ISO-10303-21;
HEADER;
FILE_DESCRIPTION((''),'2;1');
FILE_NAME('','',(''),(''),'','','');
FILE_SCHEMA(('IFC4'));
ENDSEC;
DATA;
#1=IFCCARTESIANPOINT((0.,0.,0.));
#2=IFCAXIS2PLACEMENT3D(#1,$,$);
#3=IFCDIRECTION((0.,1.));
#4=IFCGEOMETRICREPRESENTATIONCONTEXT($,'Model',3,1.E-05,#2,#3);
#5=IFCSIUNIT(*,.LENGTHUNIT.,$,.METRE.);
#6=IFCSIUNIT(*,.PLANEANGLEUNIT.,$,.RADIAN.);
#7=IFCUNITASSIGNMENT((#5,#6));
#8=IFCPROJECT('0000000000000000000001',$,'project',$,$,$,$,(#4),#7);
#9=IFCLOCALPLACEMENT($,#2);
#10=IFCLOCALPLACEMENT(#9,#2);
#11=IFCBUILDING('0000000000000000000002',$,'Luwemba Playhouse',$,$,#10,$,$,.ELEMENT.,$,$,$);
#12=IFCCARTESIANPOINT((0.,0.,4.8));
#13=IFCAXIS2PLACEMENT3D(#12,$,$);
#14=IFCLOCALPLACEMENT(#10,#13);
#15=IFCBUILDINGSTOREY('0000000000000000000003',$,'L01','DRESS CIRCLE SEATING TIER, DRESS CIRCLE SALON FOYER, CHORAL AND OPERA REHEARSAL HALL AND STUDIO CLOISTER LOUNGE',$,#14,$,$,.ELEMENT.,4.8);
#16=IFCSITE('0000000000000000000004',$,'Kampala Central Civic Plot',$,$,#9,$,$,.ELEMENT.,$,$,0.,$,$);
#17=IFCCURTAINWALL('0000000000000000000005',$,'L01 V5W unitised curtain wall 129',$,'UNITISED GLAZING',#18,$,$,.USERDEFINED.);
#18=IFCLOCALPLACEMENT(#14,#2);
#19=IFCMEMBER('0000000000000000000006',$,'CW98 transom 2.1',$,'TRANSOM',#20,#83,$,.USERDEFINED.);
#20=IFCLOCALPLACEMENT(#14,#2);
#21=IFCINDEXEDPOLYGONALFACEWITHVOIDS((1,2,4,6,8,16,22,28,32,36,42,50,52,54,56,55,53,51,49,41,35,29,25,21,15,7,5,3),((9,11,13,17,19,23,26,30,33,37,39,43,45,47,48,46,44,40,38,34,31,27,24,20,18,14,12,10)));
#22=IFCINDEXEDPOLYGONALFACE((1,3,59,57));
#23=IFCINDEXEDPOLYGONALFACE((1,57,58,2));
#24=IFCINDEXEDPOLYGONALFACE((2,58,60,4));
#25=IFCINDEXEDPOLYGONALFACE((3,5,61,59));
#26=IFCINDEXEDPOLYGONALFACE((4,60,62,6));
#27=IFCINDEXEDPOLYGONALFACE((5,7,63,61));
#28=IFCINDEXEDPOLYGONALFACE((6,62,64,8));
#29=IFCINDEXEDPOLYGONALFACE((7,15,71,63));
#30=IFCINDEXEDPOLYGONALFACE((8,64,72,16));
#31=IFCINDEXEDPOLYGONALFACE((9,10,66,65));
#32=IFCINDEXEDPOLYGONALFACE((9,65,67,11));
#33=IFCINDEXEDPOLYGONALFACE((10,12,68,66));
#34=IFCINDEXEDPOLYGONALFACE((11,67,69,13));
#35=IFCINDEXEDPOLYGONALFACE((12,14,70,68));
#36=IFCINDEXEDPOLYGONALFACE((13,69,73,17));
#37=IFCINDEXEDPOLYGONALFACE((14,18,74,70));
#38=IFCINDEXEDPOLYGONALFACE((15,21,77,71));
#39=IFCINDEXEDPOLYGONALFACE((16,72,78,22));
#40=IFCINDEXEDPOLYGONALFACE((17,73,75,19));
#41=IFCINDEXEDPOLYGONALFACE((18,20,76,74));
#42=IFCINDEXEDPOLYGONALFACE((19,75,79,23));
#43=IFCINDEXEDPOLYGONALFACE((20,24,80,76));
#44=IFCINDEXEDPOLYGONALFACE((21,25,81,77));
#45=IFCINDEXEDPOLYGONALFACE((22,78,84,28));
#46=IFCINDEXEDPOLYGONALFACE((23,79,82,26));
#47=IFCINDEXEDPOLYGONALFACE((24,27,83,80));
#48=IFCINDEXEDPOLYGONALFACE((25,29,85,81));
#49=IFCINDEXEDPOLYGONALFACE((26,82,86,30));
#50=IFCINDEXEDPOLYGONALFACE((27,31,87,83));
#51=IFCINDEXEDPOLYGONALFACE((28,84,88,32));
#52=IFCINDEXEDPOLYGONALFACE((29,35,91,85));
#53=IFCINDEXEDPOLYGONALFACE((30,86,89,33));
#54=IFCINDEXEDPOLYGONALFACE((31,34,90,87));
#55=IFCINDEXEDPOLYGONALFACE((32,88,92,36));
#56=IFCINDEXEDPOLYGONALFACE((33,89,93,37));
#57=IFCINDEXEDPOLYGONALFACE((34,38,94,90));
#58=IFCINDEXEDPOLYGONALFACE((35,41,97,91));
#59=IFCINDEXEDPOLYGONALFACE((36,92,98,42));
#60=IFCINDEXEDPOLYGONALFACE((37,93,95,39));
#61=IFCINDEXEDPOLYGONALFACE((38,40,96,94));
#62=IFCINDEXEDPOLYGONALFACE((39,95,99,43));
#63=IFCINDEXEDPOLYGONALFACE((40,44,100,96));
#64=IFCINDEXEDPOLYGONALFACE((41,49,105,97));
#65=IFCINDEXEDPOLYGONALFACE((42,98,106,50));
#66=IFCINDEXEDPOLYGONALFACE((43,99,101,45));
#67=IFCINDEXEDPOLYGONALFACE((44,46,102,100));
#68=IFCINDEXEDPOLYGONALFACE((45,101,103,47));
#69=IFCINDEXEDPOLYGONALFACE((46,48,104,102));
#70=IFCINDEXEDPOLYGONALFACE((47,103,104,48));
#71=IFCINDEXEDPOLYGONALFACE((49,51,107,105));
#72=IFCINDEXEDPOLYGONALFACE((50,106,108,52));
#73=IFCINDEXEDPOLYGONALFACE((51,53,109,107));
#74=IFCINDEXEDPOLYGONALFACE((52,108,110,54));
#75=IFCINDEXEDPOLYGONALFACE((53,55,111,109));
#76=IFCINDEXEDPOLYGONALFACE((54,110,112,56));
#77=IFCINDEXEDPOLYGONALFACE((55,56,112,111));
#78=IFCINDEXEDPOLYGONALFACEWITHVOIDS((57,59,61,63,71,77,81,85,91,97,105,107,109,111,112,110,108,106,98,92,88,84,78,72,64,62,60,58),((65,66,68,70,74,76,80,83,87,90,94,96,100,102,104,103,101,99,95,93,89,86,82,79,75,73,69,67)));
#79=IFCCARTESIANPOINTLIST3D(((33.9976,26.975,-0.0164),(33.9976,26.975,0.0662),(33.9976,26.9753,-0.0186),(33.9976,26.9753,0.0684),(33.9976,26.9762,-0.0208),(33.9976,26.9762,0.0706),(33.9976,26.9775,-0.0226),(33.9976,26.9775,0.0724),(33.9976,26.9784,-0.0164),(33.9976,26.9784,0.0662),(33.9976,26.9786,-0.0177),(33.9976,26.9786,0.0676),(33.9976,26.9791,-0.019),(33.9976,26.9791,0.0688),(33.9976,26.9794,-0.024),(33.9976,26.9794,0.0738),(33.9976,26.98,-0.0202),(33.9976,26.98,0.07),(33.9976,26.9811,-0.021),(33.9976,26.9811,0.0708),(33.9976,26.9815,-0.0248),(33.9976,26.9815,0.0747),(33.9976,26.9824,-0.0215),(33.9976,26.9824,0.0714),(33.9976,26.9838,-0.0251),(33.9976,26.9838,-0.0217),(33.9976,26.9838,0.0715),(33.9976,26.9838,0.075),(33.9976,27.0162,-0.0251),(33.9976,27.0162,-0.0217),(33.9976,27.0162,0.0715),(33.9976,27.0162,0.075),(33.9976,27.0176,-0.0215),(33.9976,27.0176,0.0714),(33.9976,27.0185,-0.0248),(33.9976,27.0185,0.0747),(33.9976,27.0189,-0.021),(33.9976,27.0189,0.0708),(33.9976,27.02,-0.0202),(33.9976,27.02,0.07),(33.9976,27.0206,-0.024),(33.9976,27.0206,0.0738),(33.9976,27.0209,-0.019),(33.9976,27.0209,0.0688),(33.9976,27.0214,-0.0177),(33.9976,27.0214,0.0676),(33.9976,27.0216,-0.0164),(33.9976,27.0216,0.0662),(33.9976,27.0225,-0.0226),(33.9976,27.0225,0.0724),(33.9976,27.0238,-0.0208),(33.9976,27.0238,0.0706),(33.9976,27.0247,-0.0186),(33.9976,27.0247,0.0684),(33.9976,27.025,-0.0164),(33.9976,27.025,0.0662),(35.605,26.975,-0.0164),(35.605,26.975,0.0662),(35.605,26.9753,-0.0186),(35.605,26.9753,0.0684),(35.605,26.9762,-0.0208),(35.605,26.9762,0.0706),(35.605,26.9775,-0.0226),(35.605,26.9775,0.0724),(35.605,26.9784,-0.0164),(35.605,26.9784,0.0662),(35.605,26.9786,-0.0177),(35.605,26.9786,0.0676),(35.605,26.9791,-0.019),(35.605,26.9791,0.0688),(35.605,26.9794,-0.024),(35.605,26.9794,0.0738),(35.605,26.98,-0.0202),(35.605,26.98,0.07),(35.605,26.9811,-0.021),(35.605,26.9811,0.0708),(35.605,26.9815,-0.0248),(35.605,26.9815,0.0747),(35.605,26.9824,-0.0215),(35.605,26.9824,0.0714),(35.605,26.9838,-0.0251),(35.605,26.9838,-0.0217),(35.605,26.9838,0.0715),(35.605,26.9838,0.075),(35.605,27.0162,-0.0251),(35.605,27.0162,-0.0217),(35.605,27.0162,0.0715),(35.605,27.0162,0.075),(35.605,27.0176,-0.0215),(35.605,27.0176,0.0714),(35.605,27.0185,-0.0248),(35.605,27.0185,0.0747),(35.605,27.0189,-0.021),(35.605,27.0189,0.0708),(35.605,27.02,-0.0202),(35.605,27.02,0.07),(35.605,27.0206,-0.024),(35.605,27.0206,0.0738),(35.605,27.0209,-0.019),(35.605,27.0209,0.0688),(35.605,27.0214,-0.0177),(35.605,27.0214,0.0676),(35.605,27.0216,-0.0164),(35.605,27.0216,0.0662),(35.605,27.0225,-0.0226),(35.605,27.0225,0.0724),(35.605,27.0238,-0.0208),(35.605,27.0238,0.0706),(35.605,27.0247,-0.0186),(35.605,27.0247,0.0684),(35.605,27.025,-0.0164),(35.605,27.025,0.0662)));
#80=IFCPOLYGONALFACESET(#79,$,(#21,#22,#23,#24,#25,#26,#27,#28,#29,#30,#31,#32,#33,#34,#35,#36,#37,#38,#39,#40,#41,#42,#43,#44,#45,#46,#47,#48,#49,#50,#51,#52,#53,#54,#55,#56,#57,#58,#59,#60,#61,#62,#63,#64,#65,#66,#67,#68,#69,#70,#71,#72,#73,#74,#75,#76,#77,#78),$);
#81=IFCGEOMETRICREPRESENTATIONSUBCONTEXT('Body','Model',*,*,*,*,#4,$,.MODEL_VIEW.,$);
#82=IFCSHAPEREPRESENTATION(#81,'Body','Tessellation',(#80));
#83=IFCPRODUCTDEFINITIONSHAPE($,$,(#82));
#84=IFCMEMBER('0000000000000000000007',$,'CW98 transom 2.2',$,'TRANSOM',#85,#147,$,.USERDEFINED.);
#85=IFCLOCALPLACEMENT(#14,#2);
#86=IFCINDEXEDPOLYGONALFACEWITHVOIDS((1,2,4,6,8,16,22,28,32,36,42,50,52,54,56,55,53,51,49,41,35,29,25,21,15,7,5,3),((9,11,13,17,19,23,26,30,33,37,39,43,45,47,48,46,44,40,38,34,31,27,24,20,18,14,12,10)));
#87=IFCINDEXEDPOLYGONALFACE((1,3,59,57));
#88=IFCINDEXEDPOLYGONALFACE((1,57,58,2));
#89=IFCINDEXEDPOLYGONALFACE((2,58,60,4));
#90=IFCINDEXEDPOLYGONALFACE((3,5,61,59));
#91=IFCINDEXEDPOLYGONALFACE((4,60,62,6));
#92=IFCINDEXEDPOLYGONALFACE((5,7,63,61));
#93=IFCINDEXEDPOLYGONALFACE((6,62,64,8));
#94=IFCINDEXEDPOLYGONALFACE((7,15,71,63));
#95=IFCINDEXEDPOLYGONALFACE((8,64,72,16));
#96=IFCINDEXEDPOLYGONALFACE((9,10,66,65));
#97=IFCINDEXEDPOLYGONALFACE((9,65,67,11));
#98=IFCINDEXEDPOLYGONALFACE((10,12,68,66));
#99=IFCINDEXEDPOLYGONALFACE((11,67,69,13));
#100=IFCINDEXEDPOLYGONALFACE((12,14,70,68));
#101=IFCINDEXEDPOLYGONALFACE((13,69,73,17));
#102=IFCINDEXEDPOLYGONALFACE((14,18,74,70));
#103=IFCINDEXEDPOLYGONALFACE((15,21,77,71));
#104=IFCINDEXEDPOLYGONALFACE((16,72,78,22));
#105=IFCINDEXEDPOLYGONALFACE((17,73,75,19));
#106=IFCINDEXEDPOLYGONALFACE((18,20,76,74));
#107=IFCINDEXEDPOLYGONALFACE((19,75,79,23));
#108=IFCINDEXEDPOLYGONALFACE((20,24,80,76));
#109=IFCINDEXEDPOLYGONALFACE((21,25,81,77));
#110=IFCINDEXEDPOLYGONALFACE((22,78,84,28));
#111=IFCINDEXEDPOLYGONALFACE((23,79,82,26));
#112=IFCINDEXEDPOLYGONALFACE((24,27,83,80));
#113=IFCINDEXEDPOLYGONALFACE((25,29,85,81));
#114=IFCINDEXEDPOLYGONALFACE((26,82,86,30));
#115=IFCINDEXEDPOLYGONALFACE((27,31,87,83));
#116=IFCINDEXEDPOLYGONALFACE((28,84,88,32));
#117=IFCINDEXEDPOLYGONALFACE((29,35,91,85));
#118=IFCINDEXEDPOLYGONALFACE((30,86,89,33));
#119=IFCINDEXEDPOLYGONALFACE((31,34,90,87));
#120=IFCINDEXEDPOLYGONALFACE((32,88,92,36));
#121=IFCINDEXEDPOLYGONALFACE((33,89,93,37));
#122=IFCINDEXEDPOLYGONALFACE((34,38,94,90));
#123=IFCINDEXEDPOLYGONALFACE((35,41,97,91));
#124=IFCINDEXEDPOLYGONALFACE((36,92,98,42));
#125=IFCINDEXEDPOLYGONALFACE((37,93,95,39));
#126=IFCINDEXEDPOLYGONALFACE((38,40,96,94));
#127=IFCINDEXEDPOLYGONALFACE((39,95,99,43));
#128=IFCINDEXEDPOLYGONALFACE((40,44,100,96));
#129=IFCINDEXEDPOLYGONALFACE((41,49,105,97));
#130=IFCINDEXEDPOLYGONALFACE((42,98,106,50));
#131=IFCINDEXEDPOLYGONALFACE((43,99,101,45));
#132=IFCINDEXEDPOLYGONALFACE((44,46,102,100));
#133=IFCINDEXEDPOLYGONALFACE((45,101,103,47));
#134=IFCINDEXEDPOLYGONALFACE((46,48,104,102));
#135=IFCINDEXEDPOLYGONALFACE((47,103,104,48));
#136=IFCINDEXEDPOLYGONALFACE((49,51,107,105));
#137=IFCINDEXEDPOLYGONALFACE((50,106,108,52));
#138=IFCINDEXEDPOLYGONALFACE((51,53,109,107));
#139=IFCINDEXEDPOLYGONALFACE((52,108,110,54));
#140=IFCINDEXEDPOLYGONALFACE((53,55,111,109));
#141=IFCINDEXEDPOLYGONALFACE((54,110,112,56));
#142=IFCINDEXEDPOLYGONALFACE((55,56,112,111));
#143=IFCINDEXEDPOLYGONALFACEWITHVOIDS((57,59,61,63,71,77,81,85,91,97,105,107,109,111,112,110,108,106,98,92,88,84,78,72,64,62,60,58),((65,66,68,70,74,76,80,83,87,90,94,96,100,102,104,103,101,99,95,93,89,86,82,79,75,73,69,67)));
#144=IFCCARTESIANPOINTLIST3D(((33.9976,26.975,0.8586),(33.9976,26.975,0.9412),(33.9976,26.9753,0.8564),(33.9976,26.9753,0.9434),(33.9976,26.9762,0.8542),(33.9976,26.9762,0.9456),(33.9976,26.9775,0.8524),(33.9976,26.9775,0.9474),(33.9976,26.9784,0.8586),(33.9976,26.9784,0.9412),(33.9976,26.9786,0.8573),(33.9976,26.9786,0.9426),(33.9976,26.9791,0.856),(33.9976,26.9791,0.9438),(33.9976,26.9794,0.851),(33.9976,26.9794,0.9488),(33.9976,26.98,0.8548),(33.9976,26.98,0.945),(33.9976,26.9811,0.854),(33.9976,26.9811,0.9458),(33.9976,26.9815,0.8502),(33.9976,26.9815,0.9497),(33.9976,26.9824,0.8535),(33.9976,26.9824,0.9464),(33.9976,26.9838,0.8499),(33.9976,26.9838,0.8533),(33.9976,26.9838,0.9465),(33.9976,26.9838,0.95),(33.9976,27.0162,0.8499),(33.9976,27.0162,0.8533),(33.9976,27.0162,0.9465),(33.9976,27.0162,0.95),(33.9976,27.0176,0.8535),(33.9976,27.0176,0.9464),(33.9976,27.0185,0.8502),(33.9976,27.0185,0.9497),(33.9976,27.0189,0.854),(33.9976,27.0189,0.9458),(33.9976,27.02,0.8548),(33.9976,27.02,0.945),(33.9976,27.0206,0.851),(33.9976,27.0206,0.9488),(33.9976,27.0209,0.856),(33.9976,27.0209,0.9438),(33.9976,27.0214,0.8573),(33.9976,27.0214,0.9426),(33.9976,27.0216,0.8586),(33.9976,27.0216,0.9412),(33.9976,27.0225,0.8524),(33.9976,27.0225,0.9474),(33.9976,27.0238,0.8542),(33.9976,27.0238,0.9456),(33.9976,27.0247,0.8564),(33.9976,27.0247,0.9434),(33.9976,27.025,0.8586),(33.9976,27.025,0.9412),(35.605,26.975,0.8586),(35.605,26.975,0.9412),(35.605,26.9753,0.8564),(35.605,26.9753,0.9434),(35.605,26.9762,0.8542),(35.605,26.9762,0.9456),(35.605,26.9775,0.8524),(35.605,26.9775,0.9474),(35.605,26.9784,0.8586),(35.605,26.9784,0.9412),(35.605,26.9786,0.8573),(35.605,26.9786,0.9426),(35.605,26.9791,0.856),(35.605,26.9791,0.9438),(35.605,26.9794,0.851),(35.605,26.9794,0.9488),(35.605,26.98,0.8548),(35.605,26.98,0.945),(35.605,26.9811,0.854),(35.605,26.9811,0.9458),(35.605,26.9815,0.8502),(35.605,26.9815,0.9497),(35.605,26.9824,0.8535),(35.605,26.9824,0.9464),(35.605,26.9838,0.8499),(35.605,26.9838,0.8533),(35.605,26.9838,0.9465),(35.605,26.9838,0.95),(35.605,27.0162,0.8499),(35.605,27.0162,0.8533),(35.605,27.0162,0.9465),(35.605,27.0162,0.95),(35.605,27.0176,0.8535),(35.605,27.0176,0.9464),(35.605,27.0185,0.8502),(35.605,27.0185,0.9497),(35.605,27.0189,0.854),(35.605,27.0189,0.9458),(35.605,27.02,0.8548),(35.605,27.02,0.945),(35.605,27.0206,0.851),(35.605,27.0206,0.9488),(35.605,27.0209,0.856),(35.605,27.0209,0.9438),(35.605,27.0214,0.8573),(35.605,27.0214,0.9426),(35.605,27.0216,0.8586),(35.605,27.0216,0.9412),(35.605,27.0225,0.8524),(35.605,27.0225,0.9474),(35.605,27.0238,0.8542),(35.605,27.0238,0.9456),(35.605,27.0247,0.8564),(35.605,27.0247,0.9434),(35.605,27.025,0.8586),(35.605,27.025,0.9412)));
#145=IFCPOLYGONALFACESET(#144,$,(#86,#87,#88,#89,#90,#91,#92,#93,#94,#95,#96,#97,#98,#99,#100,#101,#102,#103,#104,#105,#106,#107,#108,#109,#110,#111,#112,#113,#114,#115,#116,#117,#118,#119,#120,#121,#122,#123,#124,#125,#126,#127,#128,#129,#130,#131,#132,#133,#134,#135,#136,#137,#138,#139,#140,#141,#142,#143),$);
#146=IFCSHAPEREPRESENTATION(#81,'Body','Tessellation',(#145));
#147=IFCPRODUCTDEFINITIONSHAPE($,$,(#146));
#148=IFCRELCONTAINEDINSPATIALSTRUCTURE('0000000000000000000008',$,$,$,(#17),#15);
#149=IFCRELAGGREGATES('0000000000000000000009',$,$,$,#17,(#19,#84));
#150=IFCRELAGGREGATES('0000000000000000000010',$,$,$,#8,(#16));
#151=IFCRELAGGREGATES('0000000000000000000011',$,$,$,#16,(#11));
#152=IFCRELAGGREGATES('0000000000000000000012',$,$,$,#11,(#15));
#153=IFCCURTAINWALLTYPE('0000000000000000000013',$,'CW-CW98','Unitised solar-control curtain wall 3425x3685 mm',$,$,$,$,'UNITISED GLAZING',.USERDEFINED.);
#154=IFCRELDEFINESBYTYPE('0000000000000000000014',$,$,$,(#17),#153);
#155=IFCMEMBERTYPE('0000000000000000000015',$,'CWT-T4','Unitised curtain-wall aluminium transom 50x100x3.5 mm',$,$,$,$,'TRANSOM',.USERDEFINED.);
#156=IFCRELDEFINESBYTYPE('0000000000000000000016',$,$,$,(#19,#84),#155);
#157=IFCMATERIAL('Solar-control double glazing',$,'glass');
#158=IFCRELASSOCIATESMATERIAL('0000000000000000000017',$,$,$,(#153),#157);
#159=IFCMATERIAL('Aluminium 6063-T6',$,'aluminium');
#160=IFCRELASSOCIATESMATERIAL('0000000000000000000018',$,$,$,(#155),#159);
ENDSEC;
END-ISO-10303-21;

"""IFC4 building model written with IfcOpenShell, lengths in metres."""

from ifc_helpers import new_model, si_unit, direction, frame, origin, origin_2d, place, context, subcontext, project, spatial, hollow_rectangle, extrude, material, material_profile, profile_set, type_object, element, aggregate, save


model = new_model("IFC4")

# Units and contexts
model_context = context("Model", 3, precision=1e-05, world=origin(), true_north=direction((0.0, 1.0)))
body_context = subcontext(model_context, "Body", "Model", "MODEL_VIEW")
ifc_project = project(units=[si_unit("LENGTHUNIT", "METRE"), si_unit("PLANEANGLEUNIT", "RADIAN")], contexts=[model_context])

# Site, building, storey
site_placement = place(None, origin())
site = spatial("IfcSite", under=ifc_project, at=site_placement, Name="Kampala Central Civic Plot", CompositionType="ELEMENT", RefElevation=0.0)
building_placement = place(site_placement, origin())
building = spatial("IfcBuilding", under=site, at=building_placement, Name="Luwemba Playhouse", CompositionType="ELEMENT")
storey_placement = place(building_placement, frame((0.0, 0.0, 4.8)))
storey = spatial("IfcBuildingStorey", under=building, at=storey_placement, Name="L01", Description="DRESS CIRCLE SEATING TIER, DRESS CIRCLE SALON FOYER, CHORAL AND OPERA REHEARSAL HALL AND STUDIO CLOISTER LOUNGE", CompositionType="ELEMENT", Elevation=4.8)

# Curtain wall
ifc_material_1 = material(Name="Solar-control double glazing", Category="glass")
ifc_material_2 = material(Name="Aluminium 6063-T6", Category="aluminium")
curtain_wall_type_1 = type_object("IfcCurtainWallType", Name="CW-CW98", Description="Unitised solar-control curtain wall 3425x3685 mm", ElementType="UNITISED GLAZING", PredefinedType="USERDEFINED", material=ifc_material_1)
curtain_wall_1_placement = place(storey_placement, origin())
curtain_wall_1 = element("IfcCurtainWall", 1, at=curtain_wall_1_placement, inside=storey, type_object=curtain_wall_type_1, Name="L01 V5W unitised curtain wall 129", ObjectType="UNITISED GLAZING", PredefinedType="USERDEFINED")

# Members
ifc_material_profile_1 = material_profile(ifc_material_2, hollow_rectangle(XDim=0.05, YDim=0.1001, WallThickness=0.0034, InnerFilletRadius=0.0054, OuterFilletRadius=0.0088, at=origin_2d()))
ifc_profile_set_1 = profile_set([ifc_material_profile_1], Name="Aluminium 6063-T6")
member_type_1 = type_object("IfcMemberType", Name="CWT-T4", Description="Unitised curtain-wall aluminium transom 50x100x3.5 mm", ElementType="TRANSOM", PredefinedType="USERDEFINED", material=ifc_profile_set_1)
member_1_placement = place(storey_placement, frame((33.9976, 27.0, 0.0249), z_axis=(1.0, 0.0, 0.0), x_axis=(0.0, 1.0, 0.0)))
member_1 = element("IfcMember", 2, at=member_1_placement, type_object=member_type_1, Name="CW98 transom 2.1", ObjectType="TRANSOM", PredefinedType="USERDEFINED", context=body_context, shape_type="SweptSolid", body=[
    extrude(hollow_rectangle(XDim=0.05, YDim=0.1001, WallThickness=0.0034, InnerFilletRadius=0.0054, OuterFilletRadius=0.0088, at=origin_2d()), origin(), (0.0, 0.0, 1.0), 1.6074),
])
member_2_placement = place(storey_placement, frame((33.9976, 27.0, 0.8999), z_axis=(1.0, 0.0, 0.0), x_axis=(0.0, 1.0, 0.0)))
member_2 = element("IfcMember", 3, at=member_2_placement, type_object=member_type_1, Name="CW98 transom 2.2", ObjectType="TRANSOM", PredefinedType="USERDEFINED", context=body_context, shape_type="SweptSolid", body=[
    extrude(hollow_rectangle(XDim=0.05, YDim=0.1001, WallThickness=0.0034, InnerFilletRadius=0.0054, OuterFilletRadius=0.0088, at=origin_2d()), origin(), (0.0, 0.0, 1.0), 1.6074),
])

aggregate(curtain_wall_1, [member_1, member_2])

save(model, "model.ifc")
